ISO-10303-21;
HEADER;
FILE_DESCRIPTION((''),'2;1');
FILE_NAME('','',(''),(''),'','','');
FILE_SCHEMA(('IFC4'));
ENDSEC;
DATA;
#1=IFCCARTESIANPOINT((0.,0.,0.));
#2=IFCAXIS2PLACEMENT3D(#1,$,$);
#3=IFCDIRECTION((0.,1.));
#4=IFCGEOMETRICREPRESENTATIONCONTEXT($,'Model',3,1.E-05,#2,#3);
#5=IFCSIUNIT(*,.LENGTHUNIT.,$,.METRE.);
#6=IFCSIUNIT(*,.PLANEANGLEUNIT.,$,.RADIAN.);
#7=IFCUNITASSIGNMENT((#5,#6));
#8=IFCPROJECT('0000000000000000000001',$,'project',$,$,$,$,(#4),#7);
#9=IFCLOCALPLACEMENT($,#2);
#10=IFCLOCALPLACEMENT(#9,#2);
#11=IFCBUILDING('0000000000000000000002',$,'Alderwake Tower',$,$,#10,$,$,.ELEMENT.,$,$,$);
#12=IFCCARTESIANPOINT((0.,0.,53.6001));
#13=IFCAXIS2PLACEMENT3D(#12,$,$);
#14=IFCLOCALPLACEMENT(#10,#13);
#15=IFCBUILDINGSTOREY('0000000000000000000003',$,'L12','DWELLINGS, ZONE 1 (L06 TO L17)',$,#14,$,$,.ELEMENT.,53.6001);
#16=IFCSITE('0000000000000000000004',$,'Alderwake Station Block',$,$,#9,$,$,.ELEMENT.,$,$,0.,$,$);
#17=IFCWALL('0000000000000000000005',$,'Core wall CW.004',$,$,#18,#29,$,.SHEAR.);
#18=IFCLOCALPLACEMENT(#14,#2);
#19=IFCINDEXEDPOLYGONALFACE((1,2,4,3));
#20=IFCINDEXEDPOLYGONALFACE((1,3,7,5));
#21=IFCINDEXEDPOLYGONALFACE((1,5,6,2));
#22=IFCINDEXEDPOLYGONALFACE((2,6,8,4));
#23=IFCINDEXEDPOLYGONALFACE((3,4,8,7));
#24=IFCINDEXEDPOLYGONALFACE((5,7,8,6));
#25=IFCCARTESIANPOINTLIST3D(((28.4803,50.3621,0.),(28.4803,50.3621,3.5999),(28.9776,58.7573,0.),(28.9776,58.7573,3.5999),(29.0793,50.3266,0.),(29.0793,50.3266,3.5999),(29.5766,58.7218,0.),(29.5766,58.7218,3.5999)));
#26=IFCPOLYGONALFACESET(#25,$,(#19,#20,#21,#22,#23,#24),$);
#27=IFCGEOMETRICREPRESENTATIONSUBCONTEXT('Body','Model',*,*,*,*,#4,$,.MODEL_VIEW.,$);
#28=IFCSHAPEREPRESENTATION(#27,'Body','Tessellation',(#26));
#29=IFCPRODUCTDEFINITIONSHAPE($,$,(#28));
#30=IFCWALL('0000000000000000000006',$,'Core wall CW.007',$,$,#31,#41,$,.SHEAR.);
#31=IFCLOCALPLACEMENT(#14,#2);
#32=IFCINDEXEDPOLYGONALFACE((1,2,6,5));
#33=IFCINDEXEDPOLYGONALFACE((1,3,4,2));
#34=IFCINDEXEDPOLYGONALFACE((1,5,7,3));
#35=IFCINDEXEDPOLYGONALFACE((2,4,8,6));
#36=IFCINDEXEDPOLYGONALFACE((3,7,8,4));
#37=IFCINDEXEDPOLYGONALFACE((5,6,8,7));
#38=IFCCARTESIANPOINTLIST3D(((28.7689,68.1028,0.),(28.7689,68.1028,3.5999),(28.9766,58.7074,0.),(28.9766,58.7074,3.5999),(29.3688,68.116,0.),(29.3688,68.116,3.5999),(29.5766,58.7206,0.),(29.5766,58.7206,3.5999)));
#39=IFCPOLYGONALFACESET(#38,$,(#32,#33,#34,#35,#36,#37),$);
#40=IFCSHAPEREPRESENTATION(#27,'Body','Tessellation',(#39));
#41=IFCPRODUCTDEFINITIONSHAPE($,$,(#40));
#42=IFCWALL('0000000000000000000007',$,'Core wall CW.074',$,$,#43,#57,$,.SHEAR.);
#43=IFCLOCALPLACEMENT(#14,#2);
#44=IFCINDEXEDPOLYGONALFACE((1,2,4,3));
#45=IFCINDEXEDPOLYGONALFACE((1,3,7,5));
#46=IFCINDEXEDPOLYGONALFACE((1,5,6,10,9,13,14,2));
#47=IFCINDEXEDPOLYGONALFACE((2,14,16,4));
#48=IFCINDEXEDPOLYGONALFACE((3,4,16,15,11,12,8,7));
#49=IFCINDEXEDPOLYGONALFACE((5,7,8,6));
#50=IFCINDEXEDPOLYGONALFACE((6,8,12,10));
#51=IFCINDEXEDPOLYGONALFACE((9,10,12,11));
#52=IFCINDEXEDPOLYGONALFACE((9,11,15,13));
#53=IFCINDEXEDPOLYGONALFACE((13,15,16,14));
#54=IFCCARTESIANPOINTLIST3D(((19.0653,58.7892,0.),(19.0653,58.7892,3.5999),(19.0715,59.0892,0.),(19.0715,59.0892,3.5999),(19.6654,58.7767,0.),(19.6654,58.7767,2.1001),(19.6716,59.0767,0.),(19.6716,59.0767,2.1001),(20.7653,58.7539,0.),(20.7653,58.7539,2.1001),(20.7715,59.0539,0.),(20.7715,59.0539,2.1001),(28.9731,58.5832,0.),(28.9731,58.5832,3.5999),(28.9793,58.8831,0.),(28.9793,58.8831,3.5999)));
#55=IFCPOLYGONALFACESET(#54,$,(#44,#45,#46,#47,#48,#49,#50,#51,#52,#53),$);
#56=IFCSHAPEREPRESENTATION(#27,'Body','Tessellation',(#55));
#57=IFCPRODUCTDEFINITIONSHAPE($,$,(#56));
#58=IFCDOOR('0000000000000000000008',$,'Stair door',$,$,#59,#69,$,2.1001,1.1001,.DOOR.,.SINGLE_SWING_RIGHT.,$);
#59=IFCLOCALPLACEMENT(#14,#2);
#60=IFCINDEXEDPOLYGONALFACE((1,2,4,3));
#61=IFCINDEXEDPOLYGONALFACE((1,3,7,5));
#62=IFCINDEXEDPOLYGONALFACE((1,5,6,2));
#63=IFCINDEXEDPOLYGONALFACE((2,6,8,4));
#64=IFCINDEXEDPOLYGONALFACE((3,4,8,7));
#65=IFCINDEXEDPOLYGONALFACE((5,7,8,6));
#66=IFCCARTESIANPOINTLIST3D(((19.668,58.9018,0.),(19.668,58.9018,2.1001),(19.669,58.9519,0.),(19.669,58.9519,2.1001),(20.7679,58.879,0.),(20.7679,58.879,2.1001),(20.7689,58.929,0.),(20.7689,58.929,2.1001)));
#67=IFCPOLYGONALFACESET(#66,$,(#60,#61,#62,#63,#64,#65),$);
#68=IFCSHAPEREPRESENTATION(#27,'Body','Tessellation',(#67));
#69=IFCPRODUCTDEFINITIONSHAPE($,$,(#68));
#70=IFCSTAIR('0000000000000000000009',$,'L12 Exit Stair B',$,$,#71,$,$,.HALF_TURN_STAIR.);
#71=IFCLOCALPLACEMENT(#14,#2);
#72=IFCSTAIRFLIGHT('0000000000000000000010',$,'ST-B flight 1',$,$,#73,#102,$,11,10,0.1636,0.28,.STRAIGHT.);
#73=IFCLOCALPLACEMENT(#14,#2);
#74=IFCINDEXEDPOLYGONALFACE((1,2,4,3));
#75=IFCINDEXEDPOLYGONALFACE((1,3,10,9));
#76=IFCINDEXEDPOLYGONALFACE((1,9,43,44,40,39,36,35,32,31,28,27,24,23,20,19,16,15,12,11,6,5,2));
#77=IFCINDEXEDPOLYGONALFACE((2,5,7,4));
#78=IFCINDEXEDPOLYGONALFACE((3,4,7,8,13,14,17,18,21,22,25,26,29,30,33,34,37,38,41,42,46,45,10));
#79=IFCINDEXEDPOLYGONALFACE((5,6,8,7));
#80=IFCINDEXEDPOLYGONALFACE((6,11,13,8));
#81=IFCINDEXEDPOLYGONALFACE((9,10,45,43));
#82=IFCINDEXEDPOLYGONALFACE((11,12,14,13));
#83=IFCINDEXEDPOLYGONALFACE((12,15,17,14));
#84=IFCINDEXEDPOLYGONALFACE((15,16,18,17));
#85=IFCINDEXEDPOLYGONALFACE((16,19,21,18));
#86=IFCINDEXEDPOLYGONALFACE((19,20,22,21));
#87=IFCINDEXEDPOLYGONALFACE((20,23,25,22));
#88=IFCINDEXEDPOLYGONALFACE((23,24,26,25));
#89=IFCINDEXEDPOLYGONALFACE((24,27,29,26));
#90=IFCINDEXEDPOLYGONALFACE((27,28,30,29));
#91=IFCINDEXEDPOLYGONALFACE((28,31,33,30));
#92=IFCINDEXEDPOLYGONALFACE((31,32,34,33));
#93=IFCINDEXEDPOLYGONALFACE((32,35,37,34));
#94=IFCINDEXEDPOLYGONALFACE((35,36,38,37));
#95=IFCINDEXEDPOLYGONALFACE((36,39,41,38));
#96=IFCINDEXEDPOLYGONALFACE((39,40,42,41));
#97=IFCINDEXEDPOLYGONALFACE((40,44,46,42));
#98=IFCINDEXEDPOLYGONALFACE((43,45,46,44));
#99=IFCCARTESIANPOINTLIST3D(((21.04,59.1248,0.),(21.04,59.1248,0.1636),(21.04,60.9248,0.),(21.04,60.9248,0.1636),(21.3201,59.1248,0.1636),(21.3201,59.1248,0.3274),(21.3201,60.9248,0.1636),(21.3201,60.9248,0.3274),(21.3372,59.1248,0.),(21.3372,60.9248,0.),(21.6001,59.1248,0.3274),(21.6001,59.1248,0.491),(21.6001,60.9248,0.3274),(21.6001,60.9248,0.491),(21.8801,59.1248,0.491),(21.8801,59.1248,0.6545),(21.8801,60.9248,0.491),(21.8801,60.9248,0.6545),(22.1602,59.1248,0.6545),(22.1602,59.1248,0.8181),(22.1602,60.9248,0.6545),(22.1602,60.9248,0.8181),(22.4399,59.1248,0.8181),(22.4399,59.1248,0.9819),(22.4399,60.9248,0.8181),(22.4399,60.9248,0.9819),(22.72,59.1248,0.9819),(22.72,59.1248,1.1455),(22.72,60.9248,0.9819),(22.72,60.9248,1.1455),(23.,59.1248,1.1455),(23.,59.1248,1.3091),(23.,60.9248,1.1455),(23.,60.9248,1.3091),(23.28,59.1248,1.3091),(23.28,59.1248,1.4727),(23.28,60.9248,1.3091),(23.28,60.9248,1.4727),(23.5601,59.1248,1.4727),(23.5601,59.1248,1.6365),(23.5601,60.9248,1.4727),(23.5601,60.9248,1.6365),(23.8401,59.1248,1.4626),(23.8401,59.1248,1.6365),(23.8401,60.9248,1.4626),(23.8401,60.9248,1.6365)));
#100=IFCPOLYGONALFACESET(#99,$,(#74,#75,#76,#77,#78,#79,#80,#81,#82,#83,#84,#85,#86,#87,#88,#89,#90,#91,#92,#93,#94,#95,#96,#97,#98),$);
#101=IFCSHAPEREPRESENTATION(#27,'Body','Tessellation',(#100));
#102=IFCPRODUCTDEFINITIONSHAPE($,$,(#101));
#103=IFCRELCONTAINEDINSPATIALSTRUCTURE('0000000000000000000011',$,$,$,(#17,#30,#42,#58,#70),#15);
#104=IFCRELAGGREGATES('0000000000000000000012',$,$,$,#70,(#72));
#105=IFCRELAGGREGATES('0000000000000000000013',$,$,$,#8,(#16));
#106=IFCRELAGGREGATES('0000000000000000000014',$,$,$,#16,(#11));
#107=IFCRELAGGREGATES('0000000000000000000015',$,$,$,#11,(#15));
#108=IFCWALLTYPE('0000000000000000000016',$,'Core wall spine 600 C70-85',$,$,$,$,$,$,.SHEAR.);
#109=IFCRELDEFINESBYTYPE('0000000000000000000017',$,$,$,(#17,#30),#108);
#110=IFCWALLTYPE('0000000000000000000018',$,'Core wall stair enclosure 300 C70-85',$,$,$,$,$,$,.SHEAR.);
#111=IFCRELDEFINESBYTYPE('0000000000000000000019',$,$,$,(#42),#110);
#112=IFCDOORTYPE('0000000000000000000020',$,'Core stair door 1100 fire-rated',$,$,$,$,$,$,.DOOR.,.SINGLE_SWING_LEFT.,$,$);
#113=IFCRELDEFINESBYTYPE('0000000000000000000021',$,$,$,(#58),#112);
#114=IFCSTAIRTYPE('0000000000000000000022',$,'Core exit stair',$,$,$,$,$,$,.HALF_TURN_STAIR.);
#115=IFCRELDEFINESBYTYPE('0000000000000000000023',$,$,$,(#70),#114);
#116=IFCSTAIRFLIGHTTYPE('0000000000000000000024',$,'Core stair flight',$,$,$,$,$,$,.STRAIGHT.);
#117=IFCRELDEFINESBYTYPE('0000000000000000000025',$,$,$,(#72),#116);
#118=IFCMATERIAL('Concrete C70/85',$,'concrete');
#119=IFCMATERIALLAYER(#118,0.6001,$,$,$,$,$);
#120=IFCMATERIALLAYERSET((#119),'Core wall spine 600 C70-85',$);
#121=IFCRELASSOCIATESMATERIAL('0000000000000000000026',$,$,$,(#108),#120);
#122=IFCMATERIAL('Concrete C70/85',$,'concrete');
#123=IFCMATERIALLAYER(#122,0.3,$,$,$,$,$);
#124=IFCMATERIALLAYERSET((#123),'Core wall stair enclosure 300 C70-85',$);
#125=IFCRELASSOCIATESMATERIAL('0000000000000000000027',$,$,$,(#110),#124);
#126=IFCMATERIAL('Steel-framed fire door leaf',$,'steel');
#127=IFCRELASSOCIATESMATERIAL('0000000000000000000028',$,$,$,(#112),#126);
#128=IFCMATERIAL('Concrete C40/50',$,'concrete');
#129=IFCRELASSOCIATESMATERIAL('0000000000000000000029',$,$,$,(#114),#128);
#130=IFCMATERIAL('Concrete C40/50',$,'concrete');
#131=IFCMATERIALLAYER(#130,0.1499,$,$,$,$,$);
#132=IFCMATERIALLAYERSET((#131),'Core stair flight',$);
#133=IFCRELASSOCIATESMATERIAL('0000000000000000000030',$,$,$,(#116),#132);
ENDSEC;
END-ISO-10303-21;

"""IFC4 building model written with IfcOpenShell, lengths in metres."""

from ifc_helpers import new_model, si_unit, direction, frame, frame_2d, origin, place, context, subcontext, project, spatial, polyline, rectangle, outline, extrude, material, layer, layer_set, type_object, element, fill, aggregate, save


model = new_model("IFC4")

# Units and contexts
model_context = context("Model", 3, precision=1e-05, world=origin(), true_north=direction((0.0, 1.0)))
body_context = subcontext(model_context, "Body", "Model", "MODEL_VIEW")
ifc_project = project(units=[si_unit("LENGTHUNIT", "METRE"), si_unit("PLANEANGLEUNIT", "RADIAN")], contexts=[model_context])

# Site, building, storey
site_placement = place(None, origin())
site = spatial("IfcSite", under=ifc_project, at=site_placement, Name="Alderwake Station Block", CompositionType="ELEMENT", RefElevation=0.0)
building_placement = place(site_placement, origin())
building = spatial("IfcBuilding", under=site, at=building_placement, Name="Alderwake Tower", CompositionType="ELEMENT")
storey_placement = place(building_placement, frame((0.0, 0.0, 53.6001)))
storey = spatial("IfcBuildingStorey", under=building, at=storey_placement, Name="L12", Description="DWELLINGS, ZONE 1 (L06 TO L17)", CompositionType="ELEMENT", Elevation=53.6001)

# Shared definitions
ifc_material_1 = material(Name="Concrete C70/85", Category="concrete")
ifc_layer_1 = layer(ifc_material_1, 0.6001)
ifc_layer_set_1 = layer_set([ifc_layer_1], Name="Core wall spine 600 C70-85")
wall_type_1 = type_object("IfcWallType", Name="Core wall spine 600 C70-85", PredefinedType="SHEAR", material=ifc_layer_set_1)

# Walls
wall_1_placement = place(storey_placement, frame((28.7798, 50.3442, 0.0), z_axis=(0.0, 0.0, 1.0), x_axis=(0.059134, 0.99825, 0.0)))
element("IfcWall", 1, at=wall_1_placement, inside=storey, type_object=wall_type_1, Name="Core wall CW.004", PredefinedType="SHEAR", context=body_context, shape_type="SweptSolid", body=[
    extrude(rectangle(XDim=8.4099, YDim=0.6001, at=frame_2d((4.2051, 0.0))), origin(), (0.0, 0.0, 1.0), 3.5999),
])
wall_2_placement = place(storey_placement, frame((29.2766, 58.7141, 0.0), z_axis=(0.0, 0.0, 1.0), x_axis=(-0.022108, 0.999756, 0.0)))
element("IfcWall", 2, at=wall_2_placement, inside=storey, type_object=wall_type_1, Name="Core wall CW.007", PredefinedType="SHEAR", context=body_context, shape_type="SweptSolid", body=[
    extrude(rectangle(XDim=9.3977, YDim=0.6001, at=frame_2d((4.6987, 0.0))), origin(), (0.0, 0.0, 1.0), 3.5999),
])

# Wall, opening, door
ifc_material_2 = material(Name="Concrete C70/85", Category="concrete")
ifc_layer_2 = layer(ifc_material_2, 0.3)
ifc_layer_set_2 = layer_set([ifc_layer_2], Name="Core wall stair enclosure 300 C70-85")
wall_type_2 = type_object("IfcWallType", Name="Core wall stair enclosure 300 C70-85", PredefinedType="SHEAR", material=ifc_layer_set_2)
wall_3_placement = place(storey_placement, frame((28.9763, 58.7332, 0.0), z_axis=(0.0, 0.0, 1.0), x_axis=(-0.999784, 0.020793, 0.0)))
wall_3 = element("IfcWall", 3, at=wall_3_placement, inside=storey, type_object=wall_type_2, Name="Core wall CW.074", PredefinedType="SHEAR", context=body_context, shape_type="SweptSolid", body=[
    extrude(rectangle(XDim=9.9099, YDim=0.3, at=frame_2d((4.9551, 0.0))), origin(), (0.0, 0.0, 1.0), 3.5999),
])
opening_1_placement = place(wall_3_placement, frame((8.2097, 0.0, 0.0)))
opening_1 = element("IfcOpeningElement", 4, at=opening_1_placement, cuts=wall_3, PredefinedType="OPENING", context=body_context, shape_type="SweptSolid", body=[
    extrude(rectangle(XDim=1.1001, YDim=2.1001, at=frame_2d((0.55, 1.05))), frame((0.0, 0.1599, 0.0), z_axis=(0.0, -1.0, 0.0), x_axis=(1.0, 0.0, 0.0)), (0.0, 0.0, 1.0), 0.3201),
])
ifc_material_3 = material(Name="Steel-framed fire door leaf", Category="steel")
door_type_1 = type_object("IfcDoorType", Name="Core stair door 1100 fire-rated", OperationType="SINGLE_SWING_LEFT", PredefinedType="DOOR", material=ifc_material_3)
door_1_placement = place(opening_1_placement, origin())
door_1 = element("IfcDoor", 5, at=door_1_placement, inside=storey, type_object=door_type_1, Name="Stair door", OperationType="SINGLE_SWING_RIGHT", OverallHeight=2.1001, OverallWidth=1.1001, PredefinedType="DOOR", context=body_context, shape_type="SweptSolid", body=[
    extrude(rectangle(XDim=1.1001, YDim=2.1001, at=frame_2d((0.55, 1.05))), frame((0.0, 0.0249, 0.0), z_axis=(0.0, -1.0, 0.0), x_axis=(1.0, 0.0, 0.0)), (0.0, 0.0, 1.0), 0.05),
])
fill(opening_1, door_1)

# Stair, stair flight
ifc_material_4 = material(Name="Concrete C40/50", Category="concrete")
stair_type = type_object("IfcStairType", Name="Core exit stair", PredefinedType="HALF_TURN_STAIR", material=ifc_material_4)
stair_placement = place(storey_placement, origin())
stair = element("IfcStair", 6, at=stair_placement, inside=storey, type_object=stair_type, Name="L12 Exit Stair B", PredefinedType="HALF_TURN_STAIR")
ifc_material_5 = material(Name="Concrete C40/50", Category="concrete")
ifc_layer_3 = layer(ifc_material_5, 0.1499)
ifc_layer_set_3 = layer_set([ifc_layer_3], Name="Core stair flight")
stair_flight_type = type_object("IfcStairFlightType", Name="Core stair flight", PredefinedType="STRAIGHT", material=ifc_layer_set_3)
stair_flight_placement = place(storey_placement, frame((21.04, 60.0249, 0.0), z_axis=(0.0, 0.0, 1.0), x_axis=(1.0, 0.0, 0.0)))
stair_flight = element("IfcStairFlight", 7, at=stair_flight_placement, type_object=stair_flight_type, Name="ST-B flight 1", NumberOfRisers=11, NumberOfTreads=10, PredefinedType="STRAIGHT", RiserHeight=0.1636, TreadLength=0.28, context=body_context, shape_type="SweptSolid", body=[
    extrude(outline(polyline([(0.0, 0.0), (0.0, 0.1636), (0.28, 0.1636), (0.28, 0.3274), (0.5601, 0.3274), (0.5601, 0.491), (0.8401, 0.491), (0.8401, 0.6545), (1.1201, 0.6545), (1.1201, 0.8181), (1.3999, 0.8181), (1.3999, 0.9819), (1.6799, 0.9819), (1.6799, 1.1455), (1.96, 1.1455), (1.96, 1.3091), (2.24, 1.3091), (2.24, 1.4727), (2.52, 1.4727), (2.52, 1.6365), (2.8, 1.6365), (2.8, 1.8), (2.8, 1.4626), (0.2971, 0.0), (0.0, 0.0)])), frame((0.0, 0.8999, 0.0), z_axis=(0.0, -1.0, 0.0), x_axis=(1.0, 0.0, 0.0)), (0.0, 0.0, 1.0), 1.8),
])
aggregate(stair, [stair_flight])

save(model, "model.ifc")
